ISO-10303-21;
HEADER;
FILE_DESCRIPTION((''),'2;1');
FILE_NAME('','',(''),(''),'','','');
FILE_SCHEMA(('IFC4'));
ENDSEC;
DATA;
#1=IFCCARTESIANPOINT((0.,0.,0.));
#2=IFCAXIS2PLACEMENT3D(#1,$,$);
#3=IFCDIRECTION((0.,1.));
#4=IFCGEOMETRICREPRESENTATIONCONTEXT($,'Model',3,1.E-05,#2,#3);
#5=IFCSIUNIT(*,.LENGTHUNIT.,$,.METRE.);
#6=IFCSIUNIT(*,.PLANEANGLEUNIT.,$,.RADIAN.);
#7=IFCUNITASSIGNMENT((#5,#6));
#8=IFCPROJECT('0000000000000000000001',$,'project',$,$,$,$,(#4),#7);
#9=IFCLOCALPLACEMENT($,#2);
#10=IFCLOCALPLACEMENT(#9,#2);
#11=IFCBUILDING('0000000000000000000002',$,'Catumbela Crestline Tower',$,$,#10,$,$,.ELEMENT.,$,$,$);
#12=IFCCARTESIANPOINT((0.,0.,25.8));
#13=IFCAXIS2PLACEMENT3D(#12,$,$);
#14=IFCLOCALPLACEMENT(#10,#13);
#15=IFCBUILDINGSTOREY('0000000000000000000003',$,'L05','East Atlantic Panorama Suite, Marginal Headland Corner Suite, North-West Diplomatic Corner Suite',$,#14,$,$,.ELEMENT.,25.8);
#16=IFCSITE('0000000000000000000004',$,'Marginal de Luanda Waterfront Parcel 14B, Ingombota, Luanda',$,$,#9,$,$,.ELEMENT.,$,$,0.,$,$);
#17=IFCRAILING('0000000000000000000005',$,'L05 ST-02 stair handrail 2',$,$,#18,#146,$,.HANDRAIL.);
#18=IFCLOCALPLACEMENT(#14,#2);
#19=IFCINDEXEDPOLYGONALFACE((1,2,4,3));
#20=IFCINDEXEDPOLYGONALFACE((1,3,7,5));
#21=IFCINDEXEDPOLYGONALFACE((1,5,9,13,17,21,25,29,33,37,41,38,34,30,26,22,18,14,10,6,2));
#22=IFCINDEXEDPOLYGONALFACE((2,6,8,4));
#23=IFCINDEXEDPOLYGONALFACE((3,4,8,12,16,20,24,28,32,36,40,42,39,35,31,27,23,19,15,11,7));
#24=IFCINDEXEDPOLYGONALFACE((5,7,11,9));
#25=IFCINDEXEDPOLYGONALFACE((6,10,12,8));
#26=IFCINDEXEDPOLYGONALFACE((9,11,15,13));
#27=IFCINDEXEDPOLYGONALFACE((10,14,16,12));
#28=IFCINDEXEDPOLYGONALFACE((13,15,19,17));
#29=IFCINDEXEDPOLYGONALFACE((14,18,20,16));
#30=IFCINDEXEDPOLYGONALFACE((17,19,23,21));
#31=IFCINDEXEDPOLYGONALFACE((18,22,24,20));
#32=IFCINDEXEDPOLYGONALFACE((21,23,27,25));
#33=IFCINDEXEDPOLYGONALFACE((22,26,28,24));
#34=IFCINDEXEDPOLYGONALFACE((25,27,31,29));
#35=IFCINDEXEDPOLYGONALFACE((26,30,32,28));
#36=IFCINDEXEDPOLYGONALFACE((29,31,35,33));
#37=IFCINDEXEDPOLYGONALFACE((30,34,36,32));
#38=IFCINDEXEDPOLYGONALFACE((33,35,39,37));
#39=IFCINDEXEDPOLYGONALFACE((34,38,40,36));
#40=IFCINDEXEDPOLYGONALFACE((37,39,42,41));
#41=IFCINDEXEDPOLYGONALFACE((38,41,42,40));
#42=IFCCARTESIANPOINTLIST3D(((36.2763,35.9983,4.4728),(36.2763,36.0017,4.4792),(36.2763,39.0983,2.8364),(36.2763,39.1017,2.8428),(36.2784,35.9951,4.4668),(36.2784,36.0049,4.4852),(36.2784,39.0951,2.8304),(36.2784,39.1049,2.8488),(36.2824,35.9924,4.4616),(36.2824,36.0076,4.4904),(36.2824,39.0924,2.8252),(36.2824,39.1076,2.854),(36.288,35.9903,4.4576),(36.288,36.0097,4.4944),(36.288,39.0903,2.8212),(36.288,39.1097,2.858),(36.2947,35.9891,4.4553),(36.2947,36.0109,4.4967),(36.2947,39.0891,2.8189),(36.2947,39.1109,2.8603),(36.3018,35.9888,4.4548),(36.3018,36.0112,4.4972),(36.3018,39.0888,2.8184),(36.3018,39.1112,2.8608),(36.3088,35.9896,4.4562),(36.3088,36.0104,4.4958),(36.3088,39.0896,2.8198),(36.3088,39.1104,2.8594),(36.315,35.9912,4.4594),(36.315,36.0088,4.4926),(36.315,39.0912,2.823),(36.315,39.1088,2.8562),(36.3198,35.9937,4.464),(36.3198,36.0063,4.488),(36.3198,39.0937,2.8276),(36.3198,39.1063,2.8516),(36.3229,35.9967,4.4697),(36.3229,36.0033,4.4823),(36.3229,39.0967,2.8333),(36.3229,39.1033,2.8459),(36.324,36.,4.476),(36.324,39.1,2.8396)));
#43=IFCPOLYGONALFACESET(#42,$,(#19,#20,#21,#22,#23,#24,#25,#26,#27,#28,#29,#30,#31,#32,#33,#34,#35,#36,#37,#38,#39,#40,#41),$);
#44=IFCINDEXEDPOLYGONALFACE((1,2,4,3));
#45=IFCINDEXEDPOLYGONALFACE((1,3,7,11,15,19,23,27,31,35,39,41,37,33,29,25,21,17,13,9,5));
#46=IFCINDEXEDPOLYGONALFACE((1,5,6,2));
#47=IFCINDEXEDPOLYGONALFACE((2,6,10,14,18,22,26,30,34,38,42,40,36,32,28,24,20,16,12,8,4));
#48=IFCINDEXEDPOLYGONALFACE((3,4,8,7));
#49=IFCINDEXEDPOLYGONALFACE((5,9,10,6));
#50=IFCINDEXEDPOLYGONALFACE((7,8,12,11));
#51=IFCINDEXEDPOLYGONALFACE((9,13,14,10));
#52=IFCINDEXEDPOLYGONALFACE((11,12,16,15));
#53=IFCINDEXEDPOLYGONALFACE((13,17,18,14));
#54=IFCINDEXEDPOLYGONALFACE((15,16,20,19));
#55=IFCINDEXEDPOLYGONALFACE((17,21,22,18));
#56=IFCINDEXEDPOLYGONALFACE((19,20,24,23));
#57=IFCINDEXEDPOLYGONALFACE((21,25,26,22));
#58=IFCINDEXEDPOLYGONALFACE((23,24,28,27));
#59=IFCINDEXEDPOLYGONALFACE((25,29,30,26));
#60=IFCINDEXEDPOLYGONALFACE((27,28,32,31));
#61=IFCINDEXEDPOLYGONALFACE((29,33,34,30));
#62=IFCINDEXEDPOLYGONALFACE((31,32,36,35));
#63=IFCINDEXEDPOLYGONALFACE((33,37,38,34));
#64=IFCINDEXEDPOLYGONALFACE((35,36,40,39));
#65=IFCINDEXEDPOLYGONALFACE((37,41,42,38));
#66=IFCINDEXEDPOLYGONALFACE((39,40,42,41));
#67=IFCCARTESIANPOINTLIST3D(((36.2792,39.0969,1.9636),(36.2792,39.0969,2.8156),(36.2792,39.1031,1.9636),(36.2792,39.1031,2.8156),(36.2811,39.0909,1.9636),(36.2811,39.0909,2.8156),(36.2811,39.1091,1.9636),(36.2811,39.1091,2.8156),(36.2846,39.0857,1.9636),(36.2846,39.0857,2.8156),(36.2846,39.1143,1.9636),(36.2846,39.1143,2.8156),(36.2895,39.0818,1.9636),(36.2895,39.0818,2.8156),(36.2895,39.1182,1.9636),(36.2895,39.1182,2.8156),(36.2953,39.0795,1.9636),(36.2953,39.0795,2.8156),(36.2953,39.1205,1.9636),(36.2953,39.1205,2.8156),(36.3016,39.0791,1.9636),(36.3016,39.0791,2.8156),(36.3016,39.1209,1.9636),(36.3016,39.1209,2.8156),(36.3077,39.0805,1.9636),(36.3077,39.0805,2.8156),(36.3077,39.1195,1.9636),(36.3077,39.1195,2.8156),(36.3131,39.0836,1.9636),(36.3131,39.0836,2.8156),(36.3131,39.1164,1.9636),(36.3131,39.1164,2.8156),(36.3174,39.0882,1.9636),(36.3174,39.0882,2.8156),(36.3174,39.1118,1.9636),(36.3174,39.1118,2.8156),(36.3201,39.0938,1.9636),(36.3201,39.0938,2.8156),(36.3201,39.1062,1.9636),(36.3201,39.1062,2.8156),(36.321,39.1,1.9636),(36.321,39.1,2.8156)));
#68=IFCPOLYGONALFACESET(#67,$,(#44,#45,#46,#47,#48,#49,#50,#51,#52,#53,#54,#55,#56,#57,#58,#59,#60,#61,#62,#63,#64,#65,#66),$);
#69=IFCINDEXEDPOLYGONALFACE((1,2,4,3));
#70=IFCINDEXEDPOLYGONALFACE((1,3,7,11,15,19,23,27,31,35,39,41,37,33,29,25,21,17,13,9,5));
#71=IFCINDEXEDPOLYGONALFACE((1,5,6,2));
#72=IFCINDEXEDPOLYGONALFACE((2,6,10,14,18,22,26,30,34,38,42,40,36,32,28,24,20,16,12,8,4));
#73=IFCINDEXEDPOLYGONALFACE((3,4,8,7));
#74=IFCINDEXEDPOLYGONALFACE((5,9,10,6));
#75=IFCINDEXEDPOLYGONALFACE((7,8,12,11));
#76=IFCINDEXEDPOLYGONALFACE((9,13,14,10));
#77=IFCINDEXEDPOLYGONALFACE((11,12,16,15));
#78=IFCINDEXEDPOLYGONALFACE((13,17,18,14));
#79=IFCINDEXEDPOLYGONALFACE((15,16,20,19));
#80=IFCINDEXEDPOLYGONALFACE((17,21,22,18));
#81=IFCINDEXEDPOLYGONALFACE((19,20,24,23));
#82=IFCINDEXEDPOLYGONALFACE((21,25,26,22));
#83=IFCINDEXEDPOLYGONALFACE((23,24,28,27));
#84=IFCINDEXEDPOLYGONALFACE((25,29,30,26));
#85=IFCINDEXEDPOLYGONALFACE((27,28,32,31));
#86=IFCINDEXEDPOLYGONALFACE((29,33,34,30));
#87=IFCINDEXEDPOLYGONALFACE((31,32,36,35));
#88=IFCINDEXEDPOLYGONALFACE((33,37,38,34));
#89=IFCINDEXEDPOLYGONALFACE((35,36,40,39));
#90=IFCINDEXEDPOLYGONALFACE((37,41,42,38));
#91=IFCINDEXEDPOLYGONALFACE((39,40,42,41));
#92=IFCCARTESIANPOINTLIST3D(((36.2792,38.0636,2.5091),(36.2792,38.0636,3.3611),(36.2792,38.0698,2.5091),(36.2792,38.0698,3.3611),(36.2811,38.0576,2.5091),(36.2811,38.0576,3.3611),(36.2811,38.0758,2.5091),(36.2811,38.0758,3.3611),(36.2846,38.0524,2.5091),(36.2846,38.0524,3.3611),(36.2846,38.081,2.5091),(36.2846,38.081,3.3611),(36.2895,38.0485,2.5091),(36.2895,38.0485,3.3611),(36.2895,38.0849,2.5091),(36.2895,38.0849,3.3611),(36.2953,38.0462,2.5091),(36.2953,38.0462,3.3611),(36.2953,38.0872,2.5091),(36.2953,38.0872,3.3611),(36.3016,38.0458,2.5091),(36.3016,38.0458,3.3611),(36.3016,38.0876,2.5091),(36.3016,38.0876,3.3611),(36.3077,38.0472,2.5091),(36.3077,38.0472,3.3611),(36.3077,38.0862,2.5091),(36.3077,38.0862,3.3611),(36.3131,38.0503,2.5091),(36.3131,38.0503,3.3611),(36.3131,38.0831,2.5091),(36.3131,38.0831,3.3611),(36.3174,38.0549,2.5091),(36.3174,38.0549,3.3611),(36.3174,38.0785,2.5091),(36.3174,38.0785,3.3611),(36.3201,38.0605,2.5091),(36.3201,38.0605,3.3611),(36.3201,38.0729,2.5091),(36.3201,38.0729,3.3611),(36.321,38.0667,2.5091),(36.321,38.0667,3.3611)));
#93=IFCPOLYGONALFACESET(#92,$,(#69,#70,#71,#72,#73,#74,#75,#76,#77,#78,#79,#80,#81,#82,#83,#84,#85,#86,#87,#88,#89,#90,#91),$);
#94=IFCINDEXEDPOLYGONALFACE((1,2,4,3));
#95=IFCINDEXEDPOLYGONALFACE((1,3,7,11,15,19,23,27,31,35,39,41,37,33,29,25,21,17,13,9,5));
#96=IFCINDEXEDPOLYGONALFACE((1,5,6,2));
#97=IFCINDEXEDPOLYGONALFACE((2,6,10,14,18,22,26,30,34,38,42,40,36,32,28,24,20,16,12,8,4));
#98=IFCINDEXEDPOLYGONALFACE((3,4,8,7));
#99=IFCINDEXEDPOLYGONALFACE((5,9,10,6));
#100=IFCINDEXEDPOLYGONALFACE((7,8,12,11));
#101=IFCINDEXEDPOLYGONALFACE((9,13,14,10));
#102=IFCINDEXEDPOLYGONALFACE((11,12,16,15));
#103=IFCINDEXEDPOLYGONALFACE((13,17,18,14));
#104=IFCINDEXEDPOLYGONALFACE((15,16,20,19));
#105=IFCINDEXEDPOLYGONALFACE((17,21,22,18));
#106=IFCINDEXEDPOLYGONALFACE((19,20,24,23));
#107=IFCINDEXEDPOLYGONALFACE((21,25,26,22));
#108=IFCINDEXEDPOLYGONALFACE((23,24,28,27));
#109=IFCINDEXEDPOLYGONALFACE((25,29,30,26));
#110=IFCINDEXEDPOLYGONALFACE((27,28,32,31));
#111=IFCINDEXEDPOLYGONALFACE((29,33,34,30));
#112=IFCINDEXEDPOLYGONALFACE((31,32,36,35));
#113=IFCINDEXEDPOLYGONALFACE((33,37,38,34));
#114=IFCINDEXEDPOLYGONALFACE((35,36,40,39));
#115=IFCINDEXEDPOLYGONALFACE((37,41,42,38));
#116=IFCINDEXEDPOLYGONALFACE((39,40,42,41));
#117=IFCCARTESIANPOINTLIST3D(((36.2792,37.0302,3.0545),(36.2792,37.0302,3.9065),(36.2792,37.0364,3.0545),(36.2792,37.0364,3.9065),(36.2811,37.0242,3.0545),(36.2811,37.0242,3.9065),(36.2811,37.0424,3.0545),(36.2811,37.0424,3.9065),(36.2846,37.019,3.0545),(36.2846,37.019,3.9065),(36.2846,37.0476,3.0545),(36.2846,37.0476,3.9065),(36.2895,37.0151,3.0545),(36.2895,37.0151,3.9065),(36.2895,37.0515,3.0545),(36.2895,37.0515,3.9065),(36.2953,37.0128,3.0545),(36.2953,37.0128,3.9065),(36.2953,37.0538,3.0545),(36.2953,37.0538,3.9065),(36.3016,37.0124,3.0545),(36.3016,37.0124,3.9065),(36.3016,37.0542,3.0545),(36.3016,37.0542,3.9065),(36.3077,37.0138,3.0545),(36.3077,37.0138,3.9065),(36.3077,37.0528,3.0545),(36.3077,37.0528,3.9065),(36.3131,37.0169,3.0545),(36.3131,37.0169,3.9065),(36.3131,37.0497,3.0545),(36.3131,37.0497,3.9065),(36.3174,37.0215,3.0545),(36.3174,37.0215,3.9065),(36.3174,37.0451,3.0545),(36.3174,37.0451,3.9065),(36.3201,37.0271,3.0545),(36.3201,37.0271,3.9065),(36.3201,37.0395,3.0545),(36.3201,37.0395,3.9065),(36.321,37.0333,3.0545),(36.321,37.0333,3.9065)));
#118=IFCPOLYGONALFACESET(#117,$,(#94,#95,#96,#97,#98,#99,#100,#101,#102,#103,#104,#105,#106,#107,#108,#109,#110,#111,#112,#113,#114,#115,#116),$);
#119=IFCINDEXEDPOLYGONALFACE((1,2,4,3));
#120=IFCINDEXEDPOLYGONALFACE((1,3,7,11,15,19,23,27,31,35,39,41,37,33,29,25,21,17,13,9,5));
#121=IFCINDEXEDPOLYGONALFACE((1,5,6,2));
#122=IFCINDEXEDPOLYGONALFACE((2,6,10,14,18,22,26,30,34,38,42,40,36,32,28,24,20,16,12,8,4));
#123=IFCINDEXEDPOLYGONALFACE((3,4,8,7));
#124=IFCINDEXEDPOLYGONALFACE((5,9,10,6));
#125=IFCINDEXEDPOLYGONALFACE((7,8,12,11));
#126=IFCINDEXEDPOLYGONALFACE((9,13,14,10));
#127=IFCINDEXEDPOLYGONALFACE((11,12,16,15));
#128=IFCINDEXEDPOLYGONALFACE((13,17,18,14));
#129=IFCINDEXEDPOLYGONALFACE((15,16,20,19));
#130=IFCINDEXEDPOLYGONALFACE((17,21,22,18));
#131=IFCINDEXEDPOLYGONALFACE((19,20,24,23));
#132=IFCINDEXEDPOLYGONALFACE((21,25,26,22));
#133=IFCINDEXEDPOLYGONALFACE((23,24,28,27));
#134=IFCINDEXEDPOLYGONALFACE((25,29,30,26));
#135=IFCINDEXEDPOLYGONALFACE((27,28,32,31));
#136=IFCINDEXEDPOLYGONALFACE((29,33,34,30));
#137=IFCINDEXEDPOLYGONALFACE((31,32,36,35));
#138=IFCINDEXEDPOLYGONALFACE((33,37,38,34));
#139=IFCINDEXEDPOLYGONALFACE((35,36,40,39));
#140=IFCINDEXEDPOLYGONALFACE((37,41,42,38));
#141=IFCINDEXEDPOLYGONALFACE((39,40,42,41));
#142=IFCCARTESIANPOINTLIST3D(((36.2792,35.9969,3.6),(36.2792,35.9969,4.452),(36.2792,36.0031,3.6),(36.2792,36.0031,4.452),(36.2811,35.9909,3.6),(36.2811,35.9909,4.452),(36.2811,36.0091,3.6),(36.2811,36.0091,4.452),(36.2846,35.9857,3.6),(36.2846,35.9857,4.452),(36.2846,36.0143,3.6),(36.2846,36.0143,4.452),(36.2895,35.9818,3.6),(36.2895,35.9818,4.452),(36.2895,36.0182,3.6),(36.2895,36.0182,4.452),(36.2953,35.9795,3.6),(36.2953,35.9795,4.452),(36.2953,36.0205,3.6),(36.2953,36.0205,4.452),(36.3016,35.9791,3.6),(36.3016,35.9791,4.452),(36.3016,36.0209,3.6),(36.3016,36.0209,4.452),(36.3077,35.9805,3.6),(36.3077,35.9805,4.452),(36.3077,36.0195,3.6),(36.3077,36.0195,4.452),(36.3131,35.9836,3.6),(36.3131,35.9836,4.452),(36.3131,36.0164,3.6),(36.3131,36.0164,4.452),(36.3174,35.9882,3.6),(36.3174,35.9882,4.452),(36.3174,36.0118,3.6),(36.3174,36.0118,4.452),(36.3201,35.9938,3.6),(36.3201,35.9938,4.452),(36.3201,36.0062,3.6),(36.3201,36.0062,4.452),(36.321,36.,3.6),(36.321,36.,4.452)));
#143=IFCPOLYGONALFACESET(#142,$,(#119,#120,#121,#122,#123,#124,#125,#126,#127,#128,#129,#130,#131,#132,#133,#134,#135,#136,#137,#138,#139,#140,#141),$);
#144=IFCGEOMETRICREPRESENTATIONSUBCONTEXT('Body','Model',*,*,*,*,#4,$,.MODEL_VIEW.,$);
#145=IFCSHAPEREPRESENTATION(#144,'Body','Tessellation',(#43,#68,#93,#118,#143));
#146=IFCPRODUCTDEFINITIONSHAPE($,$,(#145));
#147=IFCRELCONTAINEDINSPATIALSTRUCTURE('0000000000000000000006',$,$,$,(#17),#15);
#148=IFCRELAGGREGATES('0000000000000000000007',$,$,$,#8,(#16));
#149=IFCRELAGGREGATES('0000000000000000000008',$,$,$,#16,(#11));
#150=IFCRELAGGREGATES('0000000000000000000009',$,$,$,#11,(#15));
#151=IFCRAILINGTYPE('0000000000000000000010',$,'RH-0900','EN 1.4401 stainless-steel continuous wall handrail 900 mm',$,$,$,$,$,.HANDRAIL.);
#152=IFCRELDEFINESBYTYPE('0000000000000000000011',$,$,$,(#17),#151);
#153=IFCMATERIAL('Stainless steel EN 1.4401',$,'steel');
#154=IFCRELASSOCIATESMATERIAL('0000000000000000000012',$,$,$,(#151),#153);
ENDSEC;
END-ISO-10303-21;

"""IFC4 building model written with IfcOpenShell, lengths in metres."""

from ifc_helpers import new_model, si_unit, direction, frame, origin, origin_2d, place, context, subcontext, project, spatial, circle, extrude, material, type_object, element, save


model = new_model("IFC4")

# Units and contexts
model_context = context("Model", 3, precision=1e-05, world=origin(), true_north=direction((0.0, 1.0)))
body_context = subcontext(model_context, "Body", "Model", "MODEL_VIEW")
ifc_project = project(units=[si_unit("LENGTHUNIT", "METRE"), si_unit("PLANEANGLEUNIT", "RADIAN")], contexts=[model_context])

# Site, building, storey
site_placement = place(None, origin())
site = spatial("IfcSite", under=ifc_project, at=site_placement, Name="Marginal de Luanda Waterfront Parcel 14B, Ingombota, Luanda", CompositionType="ELEMENT", RefElevation=0.0)
building_placement = place(site_placement, origin())
building = spatial("IfcBuilding", under=site, at=building_placement, Name="Catumbela Crestline Tower", CompositionType="ELEMENT")
storey_placement = place(building_placement, frame((0.0, 0.0, 25.8)))
storey = spatial("IfcBuildingStorey", under=building, at=storey_placement, Name="L05", Description="East Atlantic Panorama Suite, Marginal Headland Corner Suite, North-West Diplomatic Corner Suite", CompositionType="ELEMENT", Elevation=25.8)

# Shared definitions
ifc_material_1 = material(Name="Stainless steel EN 1.4401", Category="steel")

# Railing
railing_type_1 = type_object("IfcRailingType", Name="RH-0900", Description="EN 1.4401 stainless-steel continuous wall handrail 900 mm", PredefinedType="HANDRAIL", material=ifc_material_1)
railing_1_placement = place(storey_placement, frame((36.3, 39.1, 1.9636)))
element("IfcRailing", 1, at=railing_1_placement, inside=storey, type_object=railing_type_1, Name="L05 ST-02 stair handrail 2", PredefinedType="HANDRAIL", context=body_context, shape_type="SweptSolid", body=[
    extrude(circle(Radius=0.024, at=origin_2d()), frame((0.0, 0.0, 0.876), z_axis=(0.0, -0.884351, 0.466823), x_axis=(1.0, 0.0, 0.0)), (0.0, 0.0, 1.0), 3.5054),
    extrude(circle(Radius=0.021, at=origin_2d()), origin(), (0.0, 0.0, 1.0), 0.852),
    extrude(circle(Radius=0.021, at=origin_2d()), frame((0.0, -1.0333, 0.5455)), (0.0, 0.0, 1.0), 0.852),
    extrude(circle(Radius=0.021, at=origin_2d()), frame((0.0, -2.0667, 1.0909)), (0.0, 0.0, 1.0), 0.852),
    extrude(circle(Radius=0.021, at=origin_2d()), frame((0.0, -3.1, 1.6364)), (0.0, 0.0, 1.0), 0.852),
])

save(model, "model.ifc")
